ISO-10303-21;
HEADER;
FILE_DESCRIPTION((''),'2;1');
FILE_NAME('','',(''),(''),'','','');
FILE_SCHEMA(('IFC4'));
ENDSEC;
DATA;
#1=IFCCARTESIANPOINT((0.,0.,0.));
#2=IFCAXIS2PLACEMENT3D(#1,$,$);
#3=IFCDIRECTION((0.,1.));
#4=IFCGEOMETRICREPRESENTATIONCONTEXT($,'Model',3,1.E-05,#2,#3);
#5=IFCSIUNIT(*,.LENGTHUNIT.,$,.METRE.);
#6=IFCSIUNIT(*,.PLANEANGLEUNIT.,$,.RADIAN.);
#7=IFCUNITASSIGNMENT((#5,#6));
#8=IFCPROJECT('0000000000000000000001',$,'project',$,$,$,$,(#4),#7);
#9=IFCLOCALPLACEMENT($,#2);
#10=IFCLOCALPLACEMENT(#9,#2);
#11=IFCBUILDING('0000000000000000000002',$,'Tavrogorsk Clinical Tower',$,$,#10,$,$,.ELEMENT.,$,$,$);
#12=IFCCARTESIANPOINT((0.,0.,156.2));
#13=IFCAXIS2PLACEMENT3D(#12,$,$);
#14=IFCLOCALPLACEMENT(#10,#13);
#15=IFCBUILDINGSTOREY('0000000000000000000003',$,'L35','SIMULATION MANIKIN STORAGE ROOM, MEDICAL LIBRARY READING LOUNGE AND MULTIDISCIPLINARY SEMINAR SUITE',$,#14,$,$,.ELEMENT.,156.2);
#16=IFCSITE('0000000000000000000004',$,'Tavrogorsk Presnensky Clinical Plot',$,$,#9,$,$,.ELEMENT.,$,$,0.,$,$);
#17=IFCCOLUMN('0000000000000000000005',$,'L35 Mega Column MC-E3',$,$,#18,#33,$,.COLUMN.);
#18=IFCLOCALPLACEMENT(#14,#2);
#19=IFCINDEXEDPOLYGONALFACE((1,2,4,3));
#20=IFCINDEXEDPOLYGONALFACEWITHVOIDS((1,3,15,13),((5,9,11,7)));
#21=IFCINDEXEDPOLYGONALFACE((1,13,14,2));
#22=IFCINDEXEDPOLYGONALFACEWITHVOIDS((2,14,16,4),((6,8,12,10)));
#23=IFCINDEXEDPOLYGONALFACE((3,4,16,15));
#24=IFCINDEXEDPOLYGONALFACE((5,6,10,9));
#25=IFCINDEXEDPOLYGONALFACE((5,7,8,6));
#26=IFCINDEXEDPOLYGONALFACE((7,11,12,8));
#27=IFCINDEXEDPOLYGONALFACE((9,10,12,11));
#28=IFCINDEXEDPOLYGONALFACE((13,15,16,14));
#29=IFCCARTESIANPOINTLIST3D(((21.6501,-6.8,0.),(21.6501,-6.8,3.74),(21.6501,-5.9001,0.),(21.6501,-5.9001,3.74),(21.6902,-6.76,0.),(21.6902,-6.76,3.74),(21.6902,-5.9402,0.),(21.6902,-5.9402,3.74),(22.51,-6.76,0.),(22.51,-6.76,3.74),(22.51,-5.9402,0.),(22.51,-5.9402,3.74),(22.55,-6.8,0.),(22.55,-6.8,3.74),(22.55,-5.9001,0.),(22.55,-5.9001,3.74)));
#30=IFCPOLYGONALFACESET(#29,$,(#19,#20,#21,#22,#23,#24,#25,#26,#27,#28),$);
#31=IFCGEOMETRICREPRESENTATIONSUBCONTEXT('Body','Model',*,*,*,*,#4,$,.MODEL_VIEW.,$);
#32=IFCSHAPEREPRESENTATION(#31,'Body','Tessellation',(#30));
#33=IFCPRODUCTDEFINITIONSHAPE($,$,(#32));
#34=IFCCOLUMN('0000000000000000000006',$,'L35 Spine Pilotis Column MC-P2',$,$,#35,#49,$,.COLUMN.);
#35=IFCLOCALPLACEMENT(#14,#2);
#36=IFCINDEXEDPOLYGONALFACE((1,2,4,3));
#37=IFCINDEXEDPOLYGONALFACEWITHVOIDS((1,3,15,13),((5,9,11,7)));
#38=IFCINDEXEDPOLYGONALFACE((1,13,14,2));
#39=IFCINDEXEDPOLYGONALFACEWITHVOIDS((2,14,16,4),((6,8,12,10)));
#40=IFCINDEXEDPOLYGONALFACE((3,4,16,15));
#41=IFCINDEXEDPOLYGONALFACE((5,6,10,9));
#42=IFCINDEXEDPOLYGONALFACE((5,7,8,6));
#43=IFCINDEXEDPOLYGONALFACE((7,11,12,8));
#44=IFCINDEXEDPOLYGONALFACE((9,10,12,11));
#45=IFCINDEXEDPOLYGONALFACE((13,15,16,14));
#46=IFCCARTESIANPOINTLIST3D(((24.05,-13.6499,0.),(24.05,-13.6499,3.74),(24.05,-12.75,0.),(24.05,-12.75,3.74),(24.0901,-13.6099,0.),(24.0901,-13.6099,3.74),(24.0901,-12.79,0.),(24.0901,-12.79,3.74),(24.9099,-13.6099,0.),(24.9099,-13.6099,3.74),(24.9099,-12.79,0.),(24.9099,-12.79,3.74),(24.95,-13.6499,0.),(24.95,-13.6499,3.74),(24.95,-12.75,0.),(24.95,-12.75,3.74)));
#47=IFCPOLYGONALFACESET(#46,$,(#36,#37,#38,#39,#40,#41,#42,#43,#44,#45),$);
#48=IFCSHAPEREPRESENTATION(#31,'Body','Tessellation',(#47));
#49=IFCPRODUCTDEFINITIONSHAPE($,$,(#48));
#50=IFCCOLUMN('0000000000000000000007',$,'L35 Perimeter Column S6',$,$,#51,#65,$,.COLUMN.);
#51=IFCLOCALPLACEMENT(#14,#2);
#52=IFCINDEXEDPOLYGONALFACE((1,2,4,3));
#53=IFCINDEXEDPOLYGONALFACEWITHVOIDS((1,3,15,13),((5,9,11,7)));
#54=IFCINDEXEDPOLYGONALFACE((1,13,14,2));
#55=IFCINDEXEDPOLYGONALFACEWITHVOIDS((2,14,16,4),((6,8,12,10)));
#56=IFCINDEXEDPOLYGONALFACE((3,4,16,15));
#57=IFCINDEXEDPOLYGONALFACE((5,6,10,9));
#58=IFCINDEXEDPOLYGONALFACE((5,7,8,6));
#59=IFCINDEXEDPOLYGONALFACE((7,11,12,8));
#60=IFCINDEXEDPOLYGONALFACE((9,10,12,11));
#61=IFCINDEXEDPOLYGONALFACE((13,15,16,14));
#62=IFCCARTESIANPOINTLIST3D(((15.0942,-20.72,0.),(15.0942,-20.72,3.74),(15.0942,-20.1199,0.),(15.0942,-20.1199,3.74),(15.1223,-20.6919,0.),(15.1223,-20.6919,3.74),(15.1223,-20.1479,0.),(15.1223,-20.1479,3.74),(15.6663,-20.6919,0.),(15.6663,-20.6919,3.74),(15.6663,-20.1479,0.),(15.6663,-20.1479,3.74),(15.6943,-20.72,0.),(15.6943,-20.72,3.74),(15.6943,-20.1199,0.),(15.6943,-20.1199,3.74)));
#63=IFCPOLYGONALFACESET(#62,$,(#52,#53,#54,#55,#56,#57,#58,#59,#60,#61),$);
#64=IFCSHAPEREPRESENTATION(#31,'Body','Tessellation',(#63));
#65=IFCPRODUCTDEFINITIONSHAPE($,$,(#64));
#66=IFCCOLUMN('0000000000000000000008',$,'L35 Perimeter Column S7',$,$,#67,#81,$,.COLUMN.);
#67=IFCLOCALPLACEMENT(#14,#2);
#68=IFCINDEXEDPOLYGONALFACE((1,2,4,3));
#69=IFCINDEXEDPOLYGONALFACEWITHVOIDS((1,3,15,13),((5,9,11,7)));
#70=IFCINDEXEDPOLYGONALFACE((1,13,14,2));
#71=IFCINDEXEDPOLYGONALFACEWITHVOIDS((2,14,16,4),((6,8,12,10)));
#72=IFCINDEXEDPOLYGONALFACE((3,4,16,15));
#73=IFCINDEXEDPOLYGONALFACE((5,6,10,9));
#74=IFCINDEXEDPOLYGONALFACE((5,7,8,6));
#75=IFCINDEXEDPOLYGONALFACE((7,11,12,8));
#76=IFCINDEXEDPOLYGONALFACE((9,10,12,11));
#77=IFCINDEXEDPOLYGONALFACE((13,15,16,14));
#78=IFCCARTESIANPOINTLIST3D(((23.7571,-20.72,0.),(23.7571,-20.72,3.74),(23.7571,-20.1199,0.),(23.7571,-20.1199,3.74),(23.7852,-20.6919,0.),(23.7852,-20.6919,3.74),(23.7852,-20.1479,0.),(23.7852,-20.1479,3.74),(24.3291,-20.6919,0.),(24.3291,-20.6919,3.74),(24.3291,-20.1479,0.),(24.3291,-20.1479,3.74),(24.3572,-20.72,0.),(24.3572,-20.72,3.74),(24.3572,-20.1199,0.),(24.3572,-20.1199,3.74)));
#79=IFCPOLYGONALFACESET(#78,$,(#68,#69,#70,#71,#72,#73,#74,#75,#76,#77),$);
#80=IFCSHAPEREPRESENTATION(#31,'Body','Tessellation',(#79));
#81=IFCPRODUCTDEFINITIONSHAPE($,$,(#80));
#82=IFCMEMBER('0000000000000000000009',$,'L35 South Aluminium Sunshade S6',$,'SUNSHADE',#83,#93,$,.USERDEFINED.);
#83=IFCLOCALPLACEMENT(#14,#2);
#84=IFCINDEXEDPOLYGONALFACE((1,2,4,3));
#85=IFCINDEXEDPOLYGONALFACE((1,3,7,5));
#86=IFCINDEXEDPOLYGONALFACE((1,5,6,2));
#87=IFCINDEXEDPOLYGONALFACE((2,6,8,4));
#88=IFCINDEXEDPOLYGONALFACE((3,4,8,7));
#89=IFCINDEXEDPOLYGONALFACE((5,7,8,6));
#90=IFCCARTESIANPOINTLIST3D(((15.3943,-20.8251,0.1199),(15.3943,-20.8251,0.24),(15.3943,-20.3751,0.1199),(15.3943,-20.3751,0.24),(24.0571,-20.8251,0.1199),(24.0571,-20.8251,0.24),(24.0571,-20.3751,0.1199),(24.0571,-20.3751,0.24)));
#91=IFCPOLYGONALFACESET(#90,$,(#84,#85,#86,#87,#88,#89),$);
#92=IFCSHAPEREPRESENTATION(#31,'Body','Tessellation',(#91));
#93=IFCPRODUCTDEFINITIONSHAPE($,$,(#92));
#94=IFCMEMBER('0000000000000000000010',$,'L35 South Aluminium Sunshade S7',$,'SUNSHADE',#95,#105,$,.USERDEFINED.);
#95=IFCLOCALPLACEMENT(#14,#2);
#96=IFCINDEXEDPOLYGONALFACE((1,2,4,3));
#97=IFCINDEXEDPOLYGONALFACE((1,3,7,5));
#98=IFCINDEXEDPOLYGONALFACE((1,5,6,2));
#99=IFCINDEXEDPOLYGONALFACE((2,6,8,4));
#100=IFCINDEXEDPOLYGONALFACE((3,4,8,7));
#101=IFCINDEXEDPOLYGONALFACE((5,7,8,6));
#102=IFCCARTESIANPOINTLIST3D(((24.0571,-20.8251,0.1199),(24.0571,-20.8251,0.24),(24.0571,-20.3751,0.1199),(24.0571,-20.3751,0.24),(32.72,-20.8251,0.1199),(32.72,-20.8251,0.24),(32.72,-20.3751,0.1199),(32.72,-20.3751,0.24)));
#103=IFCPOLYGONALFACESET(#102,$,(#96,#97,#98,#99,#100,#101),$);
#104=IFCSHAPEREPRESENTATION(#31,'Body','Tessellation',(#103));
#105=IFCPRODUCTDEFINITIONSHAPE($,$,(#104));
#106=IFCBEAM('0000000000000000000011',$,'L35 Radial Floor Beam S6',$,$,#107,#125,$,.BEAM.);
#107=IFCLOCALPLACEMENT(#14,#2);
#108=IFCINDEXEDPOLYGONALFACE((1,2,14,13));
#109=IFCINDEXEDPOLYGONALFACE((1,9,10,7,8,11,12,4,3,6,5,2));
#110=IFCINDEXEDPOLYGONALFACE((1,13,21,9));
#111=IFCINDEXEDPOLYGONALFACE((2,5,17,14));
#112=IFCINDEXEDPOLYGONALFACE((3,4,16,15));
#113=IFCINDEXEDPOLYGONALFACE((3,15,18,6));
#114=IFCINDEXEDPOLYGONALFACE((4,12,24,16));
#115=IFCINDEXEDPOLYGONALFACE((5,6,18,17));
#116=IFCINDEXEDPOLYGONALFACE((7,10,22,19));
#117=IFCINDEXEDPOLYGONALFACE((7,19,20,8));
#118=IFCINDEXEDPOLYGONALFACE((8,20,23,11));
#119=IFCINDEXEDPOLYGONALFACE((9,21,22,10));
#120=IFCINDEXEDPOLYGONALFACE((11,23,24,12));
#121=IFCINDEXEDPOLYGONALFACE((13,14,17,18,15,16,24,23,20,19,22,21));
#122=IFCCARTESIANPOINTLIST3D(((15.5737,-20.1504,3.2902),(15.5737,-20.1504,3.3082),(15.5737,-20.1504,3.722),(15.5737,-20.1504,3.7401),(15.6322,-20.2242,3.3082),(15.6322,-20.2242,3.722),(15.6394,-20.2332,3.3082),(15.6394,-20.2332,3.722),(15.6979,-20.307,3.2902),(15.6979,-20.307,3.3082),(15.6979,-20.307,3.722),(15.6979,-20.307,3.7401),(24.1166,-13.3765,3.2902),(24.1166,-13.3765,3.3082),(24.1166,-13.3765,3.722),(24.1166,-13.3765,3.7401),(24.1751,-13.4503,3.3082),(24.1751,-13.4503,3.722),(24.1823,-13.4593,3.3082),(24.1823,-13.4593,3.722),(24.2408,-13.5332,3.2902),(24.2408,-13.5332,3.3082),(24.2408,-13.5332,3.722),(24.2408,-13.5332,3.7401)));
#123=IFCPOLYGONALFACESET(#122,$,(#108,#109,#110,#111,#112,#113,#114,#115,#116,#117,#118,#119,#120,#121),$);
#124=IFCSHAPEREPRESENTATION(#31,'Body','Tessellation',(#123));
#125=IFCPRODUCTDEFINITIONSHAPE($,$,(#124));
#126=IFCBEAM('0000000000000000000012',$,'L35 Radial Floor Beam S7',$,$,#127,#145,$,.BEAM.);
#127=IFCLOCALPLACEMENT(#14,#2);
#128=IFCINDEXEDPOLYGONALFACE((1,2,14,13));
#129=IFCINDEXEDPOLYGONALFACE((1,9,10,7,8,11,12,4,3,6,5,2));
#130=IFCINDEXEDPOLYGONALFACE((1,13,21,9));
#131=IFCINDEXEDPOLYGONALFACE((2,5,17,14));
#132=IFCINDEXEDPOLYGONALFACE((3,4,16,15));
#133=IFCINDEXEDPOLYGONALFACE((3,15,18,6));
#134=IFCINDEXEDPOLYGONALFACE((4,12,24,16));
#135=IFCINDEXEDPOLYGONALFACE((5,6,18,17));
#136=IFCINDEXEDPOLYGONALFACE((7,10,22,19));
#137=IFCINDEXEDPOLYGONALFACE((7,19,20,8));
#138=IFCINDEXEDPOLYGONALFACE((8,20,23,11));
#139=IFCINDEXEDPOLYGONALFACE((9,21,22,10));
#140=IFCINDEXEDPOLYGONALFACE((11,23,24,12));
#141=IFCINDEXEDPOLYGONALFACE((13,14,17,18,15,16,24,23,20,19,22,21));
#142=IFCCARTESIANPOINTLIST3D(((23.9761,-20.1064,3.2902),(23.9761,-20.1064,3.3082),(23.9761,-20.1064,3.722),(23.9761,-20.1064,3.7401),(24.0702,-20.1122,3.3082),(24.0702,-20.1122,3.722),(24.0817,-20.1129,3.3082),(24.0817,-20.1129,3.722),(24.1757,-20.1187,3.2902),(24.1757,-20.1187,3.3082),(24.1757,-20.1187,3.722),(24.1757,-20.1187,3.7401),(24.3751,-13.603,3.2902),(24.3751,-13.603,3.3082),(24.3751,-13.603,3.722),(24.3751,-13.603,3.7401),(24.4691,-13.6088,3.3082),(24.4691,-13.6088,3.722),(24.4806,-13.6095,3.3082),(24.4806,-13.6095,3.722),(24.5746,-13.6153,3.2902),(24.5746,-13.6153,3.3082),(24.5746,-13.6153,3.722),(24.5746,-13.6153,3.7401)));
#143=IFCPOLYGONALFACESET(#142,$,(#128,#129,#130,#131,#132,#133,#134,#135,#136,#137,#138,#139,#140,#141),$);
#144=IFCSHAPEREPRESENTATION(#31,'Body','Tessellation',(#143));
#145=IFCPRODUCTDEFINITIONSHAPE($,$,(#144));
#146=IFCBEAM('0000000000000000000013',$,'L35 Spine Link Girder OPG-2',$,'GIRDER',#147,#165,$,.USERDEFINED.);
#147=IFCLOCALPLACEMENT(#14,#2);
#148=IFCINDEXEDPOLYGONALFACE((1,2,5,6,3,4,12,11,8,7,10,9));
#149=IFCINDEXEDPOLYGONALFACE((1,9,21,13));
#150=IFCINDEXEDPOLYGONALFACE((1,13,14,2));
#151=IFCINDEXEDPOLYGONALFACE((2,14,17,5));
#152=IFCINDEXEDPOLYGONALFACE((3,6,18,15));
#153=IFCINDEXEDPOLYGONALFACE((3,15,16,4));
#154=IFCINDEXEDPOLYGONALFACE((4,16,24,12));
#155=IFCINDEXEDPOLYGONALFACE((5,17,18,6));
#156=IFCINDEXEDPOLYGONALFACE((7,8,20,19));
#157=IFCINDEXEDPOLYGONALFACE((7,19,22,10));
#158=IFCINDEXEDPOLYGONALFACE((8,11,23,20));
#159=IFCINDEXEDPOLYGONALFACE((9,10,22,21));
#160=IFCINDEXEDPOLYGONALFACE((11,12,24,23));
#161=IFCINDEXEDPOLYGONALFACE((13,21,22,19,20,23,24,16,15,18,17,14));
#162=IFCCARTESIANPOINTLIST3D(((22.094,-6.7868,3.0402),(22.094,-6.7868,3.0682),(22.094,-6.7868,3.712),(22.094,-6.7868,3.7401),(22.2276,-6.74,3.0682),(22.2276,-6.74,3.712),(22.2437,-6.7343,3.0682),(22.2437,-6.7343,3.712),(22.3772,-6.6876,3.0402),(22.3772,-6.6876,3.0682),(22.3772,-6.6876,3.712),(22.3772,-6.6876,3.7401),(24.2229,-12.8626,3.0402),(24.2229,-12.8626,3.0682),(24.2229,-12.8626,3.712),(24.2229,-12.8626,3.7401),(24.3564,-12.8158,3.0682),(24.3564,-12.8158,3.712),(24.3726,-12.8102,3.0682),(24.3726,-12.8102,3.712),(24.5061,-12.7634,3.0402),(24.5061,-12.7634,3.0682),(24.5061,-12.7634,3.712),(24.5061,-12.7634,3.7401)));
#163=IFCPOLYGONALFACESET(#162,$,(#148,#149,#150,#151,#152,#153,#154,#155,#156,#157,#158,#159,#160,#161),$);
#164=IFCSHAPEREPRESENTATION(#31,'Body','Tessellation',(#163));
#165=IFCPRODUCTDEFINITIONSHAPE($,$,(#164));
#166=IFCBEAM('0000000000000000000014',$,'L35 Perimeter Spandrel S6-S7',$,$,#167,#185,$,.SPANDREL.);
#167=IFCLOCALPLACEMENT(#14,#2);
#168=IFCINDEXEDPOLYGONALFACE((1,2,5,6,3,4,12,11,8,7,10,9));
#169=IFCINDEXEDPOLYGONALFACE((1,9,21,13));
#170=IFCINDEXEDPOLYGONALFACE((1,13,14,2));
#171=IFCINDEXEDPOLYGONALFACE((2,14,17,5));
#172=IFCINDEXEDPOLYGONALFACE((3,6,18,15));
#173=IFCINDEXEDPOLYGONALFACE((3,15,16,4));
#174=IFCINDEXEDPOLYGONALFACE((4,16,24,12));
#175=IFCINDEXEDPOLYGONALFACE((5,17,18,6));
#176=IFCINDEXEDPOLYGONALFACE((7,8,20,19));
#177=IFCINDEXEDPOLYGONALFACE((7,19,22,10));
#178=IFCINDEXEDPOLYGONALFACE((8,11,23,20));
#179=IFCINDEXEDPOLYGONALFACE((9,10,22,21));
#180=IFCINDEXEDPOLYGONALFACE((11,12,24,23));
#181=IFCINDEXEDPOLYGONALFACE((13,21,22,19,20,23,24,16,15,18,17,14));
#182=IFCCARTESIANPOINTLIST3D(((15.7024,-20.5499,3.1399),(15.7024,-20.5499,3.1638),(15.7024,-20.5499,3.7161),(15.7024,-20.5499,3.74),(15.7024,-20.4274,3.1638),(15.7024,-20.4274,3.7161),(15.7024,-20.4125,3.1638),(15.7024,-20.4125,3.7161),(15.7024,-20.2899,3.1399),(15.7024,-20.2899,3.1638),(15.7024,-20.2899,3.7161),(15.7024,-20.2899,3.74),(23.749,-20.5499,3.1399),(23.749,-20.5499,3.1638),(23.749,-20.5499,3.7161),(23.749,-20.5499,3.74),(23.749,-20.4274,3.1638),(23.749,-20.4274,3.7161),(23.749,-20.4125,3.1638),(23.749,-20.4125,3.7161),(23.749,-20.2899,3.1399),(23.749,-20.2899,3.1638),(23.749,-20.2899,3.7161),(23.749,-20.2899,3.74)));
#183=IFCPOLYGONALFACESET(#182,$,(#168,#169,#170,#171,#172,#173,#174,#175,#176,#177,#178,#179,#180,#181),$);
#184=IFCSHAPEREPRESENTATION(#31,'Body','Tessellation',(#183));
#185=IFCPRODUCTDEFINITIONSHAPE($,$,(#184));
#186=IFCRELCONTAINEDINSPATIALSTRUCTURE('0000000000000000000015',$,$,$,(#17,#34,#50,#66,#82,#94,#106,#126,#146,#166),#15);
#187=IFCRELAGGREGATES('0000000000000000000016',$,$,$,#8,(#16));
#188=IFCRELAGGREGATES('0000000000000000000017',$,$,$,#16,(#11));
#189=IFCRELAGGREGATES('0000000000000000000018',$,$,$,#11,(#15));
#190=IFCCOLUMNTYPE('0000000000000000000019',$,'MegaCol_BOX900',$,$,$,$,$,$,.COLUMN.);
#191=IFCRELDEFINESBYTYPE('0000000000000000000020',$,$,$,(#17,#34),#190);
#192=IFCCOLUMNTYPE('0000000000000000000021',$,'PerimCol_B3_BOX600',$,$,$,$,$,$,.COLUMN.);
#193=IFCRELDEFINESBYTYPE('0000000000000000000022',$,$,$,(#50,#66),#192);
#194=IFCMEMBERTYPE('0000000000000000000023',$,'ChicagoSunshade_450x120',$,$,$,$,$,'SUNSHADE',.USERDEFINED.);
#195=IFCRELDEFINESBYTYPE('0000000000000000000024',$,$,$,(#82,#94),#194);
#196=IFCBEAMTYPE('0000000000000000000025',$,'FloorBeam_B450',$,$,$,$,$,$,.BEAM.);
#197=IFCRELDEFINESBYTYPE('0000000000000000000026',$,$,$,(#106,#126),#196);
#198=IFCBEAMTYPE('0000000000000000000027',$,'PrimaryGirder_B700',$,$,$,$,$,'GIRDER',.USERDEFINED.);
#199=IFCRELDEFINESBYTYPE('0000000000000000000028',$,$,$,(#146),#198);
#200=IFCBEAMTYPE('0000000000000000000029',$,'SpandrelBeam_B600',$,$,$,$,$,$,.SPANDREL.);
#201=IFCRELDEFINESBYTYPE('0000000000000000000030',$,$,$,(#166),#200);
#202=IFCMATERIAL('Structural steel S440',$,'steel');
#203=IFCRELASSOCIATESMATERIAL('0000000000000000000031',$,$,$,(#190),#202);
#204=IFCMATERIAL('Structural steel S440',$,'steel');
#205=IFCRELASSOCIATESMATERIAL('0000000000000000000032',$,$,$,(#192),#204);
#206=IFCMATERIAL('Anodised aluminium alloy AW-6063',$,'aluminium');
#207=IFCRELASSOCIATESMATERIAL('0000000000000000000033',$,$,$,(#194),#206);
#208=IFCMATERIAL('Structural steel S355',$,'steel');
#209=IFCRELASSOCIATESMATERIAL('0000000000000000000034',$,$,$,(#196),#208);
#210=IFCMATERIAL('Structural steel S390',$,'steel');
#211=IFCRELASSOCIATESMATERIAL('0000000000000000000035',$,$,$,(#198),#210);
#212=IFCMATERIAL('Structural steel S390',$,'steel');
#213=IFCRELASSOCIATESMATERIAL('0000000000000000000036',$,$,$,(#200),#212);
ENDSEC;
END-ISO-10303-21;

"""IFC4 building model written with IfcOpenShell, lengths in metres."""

from ifc_helpers import new_model, si_unit, direction, frame, origin, origin_2d, place, context, subcontext, project, spatial, rectangle, hollow_rectangle, i_section, extrude, material, material_profile, profile_set, type_object, element, save


model = new_model("IFC4")

# Units and contexts
model_context = context("Model", 3, precision=1e-05, world=origin(), true_north=direction((0.0, 1.0)))
body_context = subcontext(model_context, "Body", "Model", "MODEL_VIEW")
ifc_project = project(units=[si_unit("LENGTHUNIT", "METRE"), si_unit("PLANEANGLEUNIT", "RADIAN")], contexts=[model_context])

# Site, building, storey
site_placement = place(None, origin())
site = spatial("IfcSite", under=ifc_project, at=site_placement, Name="Tavrogorsk Presnensky Clinical Plot", CompositionType="ELEMENT", RefElevation=0.0)
building_placement = place(site_placement, origin())
building = spatial("IfcBuilding", under=site, at=building_placement, Name="Tavrogorsk Clinical Tower", CompositionType="ELEMENT")
storey_placement = place(building_placement, frame((0.0, 0.0, 156.2)))
storey = spatial("IfcBuildingStorey", under=building, at=storey_placement, Name="L35", Description="SIMULATION MANIKIN STORAGE ROOM, MEDICAL LIBRARY READING LOUNGE AND MULTIDISCIPLINARY SEMINAR SUITE", CompositionType="ELEMENT", Elevation=156.2)

# Columns
ifc_material_1 = material(Name="Structural steel S440", Category="steel")
ifc_material_profile_1 = material_profile(ifc_material_1, hollow_rectangle(XDim=0.8999, YDim=0.8999, WallThickness=0.04, at=origin_2d()), Name="BOX-900x900x40")
ifc_profile_set_1 = profile_set([ifc_material_profile_1], Name="Structural steel S440")
column_type_1 = type_object("IfcColumnType", Name="MegaCol_BOX900", PredefinedType="COLUMN", material=ifc_profile_set_1)
for number, where, z_axis, x_axis, name in (
    (1, (22.1001, -6.3501, 0.0), (0.0, 0.0, 1.0), (1.0, 0.0, 0.0), "L35 Mega Column MC-E3"),
    (2, (24.5, -13.2, 0.0), (0.0, 0.0, 1.0), (1.0, 0.0, 0.0), "L35 Spine Pilotis Column MC-P2"),
):
    element("IfcColumn", number, at=place(storey_placement, frame(where, z_axis=z_axis, x_axis=x_axis)), inside=storey, type_object=column_type_1, Name=name, PredefinedType="COLUMN", context=body_context, shape_type="SweptSolid", body=[
        extrude(hollow_rectangle(XDim=0.8999, YDim=0.8999, WallThickness=0.04, at=origin_2d()), origin(), (0.0, 0.0, 1.0), 3.74),
    ])
ifc_material_2 = material(Name="Structural steel S440", Category="steel")
ifc_material_profile_2 = material_profile(ifc_material_2, hollow_rectangle(XDim=0.6001, YDim=0.6001, WallThickness=0.0281, at=origin_2d()), Name="BOX-600x600x28")
ifc_profile_set_2 = profile_set([ifc_material_profile_2], Name="Structural steel S440")
column_type_2 = type_object("IfcColumnType", Name="PerimCol_B3_BOX600", PredefinedType="COLUMN", material=ifc_profile_set_2)
for number, where, z_axis, x_axis, name in (
    (3, (15.3943, -20.4199, 0.0), (0.0, 0.0, 1.0), (1.0, 0.0, 0.0), "L35 Perimeter Column S6"),
    (4, (24.0571, -20.4199, 0.0), (0.0, 0.0, 1.0), (1.0, 0.0, 0.0), "L35 Perimeter Column S7"),
):
    element("IfcColumn", number, at=place(storey_placement, frame(where, z_axis=z_axis, x_axis=x_axis)), inside=storey, type_object=column_type_2, Name=name, PredefinedType="COLUMN", context=body_context, shape_type="SweptSolid", body=[
        extrude(hollow_rectangle(XDim=0.6001, YDim=0.6001, WallThickness=0.0281, at=origin_2d()), origin(), (0.0, 0.0, 1.0), 3.74),
    ])

# Members
ifc_material_3 = material(Name="Anodised aluminium alloy AW-6063", Category="aluminium")
ifc_material_profile_3 = material_profile(ifc_material_3, rectangle(XDim=0.45, YDim=0.1201, at=origin_2d()), Name="ALU-SUNSHADE-450x120")
ifc_profile_set_3 = profile_set([ifc_material_profile_3], Name="Anodised aluminium alloy AW-6063")
member_type = type_object("IfcMemberType", Name="ChicagoSunshade_450x120", ElementType="SUNSHADE", PredefinedType="USERDEFINED", material=ifc_profile_set_3)
for number, where, z_axis, x_axis, name in (
    (5, (15.3943, -20.6001, 0.1799), (1.0, 0.0, 0.0), (0.0, 1.0, 0.0), "L35 South Aluminium Sunshade S6"),
    (6, (24.0571, -20.6001, 0.1799), (1.0, 0.0, 0.0), (0.0, 1.0, 0.0), "L35 South Aluminium Sunshade S7"),
):
    element("IfcMember", number, at=place(storey_placement, frame(where, z_axis=z_axis, x_axis=x_axis)), inside=storey, type_object=member_type, Name=name, ObjectType="SUNSHADE", PredefinedType="USERDEFINED", context=body_context, shape_type="SweptSolid", body=[
        extrude(rectangle(XDim=0.45, YDim=0.1201, at=origin_2d()), origin(), (0.0, 0.0, 1.0), 8.6628),
    ])

# Beams
ifc_material_4 = material(Name="Structural steel S355", Category="steel")
ifc_material_profile_4 = material_profile(ifc_material_4, i_section(OverallWidth=0.2, OverallDepth=0.45, WebThickness=0.0115, FlangeThickness=0.0181, at=origin_2d()), Name="B-450x200x11.5x18")
ifc_profile_set_4 = profile_set([ifc_material_profile_4], Name="Structural steel S355")
beam_type_1 = type_object("IfcBeamType", Name="FloorBeam_B450", PredefinedType="BEAM", material=ifc_profile_set_4)
beam_1_placement = place(storey_placement, frame((24.1787, -13.4548, 3.5151), z_axis=(-0.783566, -0.621308, 0.0), x_axis=(0.621308, -0.783566, 0.0)))
element("IfcBeam", 7, at=beam_1_placement, inside=storey, type_object=beam_type_1, Name="L35 Radial Floor Beam S6", PredefinedType="BEAM", context=body_context, shape_type="SweptSolid", body=[
    extrude(i_section(OverallWidth=0.2, OverallDepth=0.45, WebThickness=0.0115, FlangeThickness=0.0181, at=origin_2d()), origin(), (0.0, 0.0, 1.0), 10.9026),
])
beam_2_placement = place(storey_placement, frame((24.4749, -13.6091, 3.5151), z_axis=(-0.061226, -0.998124, 0.0), x_axis=(0.998124, -0.061226, 0.0)))
element("IfcBeam", 8, at=beam_2_placement, inside=storey, type_object=beam_type_1, Name="L35 Radial Floor Beam S7", PredefinedType="BEAM", context=body_context, shape_type="SweptSolid", body=[
    extrude(i_section(OverallWidth=0.2, OverallDepth=0.45, WebThickness=0.0115, FlangeThickness=0.0181, at=origin_2d()), origin(), (0.0, 0.0, 1.0), 6.5156),
])
ifc_material_5 = material(Name="Structural steel S390", Category="steel")
ifc_material_profile_5 = material_profile(ifc_material_5, i_section(OverallWidth=0.3, OverallDepth=0.7, WebThickness=0.0171, FlangeThickness=0.0281, at=origin_2d()), Name="B-700x300x17x28")
ifc_profile_set_5 = profile_set([ifc_material_profile_5], Name="Structural steel S390")
beam_type_2 = type_object("IfcBeamType", Name="PrimaryGirder_B700", ElementType="GIRDER", PredefinedType="USERDEFINED", material=ifc_profile_set_5)
beam_3_placement = place(storey_placement, frame((24.3645, -12.813, 3.3901), z_axis=(-0.330673, 0.943745, 0.0), x_axis=(-0.943745, -0.330673, 0.0)))
element("IfcBeam", 9, at=beam_3_placement, inside=storey, type_object=beam_type_2, Name="L35 Spine Link Girder OPG-2", ObjectType="GIRDER", PredefinedType="USERDEFINED", context=body_context, shape_type="SweptSolid", body=[
    extrude(i_section(OverallWidth=0.3, OverallDepth=0.7, WebThickness=0.0171, FlangeThickness=0.0281, at=origin_2d()), origin(), (0.0, 0.0, 1.0), 6.438),
])
ifc_material_6 = material(Name="Structural steel S390", Category="steel")
ifc_material_profile_6 = material_profile(ifc_material_6, i_section(OverallWidth=0.26, OverallDepth=0.6001, WebThickness=0.0149, FlangeThickness=0.0239, at=origin_2d()), Name="B-600x260x15x24")
ifc_profile_set_6 = profile_set([ifc_material_profile_6], Name="Structural steel S390")
beam_type_3 = type_object("IfcBeamType", Name="SpandrelBeam_B600", PredefinedType="SPANDREL", material=ifc_profile_set_6)
beam_4_placement = place(storey_placement, frame((15.7024, -20.4199, 3.4399), z_axis=(1.0, 0.0, 0.0), x_axis=(0.0, 1.0, 0.0)))
element("IfcBeam", 10, at=beam_4_placement, inside=storey, type_object=beam_type_3, Name="L35 Perimeter Spandrel S6-S7", PredefinedType="SPANDREL", context=body_context, shape_type="SweptSolid", body=[
    extrude(i_section(OverallWidth=0.26, OverallDepth=0.6001, WebThickness=0.0149, FlangeThickness=0.0239, at=origin_2d()), origin(), (0.0, 0.0, 1.0), 8.0466),
])

save(model, "model.ifc")
